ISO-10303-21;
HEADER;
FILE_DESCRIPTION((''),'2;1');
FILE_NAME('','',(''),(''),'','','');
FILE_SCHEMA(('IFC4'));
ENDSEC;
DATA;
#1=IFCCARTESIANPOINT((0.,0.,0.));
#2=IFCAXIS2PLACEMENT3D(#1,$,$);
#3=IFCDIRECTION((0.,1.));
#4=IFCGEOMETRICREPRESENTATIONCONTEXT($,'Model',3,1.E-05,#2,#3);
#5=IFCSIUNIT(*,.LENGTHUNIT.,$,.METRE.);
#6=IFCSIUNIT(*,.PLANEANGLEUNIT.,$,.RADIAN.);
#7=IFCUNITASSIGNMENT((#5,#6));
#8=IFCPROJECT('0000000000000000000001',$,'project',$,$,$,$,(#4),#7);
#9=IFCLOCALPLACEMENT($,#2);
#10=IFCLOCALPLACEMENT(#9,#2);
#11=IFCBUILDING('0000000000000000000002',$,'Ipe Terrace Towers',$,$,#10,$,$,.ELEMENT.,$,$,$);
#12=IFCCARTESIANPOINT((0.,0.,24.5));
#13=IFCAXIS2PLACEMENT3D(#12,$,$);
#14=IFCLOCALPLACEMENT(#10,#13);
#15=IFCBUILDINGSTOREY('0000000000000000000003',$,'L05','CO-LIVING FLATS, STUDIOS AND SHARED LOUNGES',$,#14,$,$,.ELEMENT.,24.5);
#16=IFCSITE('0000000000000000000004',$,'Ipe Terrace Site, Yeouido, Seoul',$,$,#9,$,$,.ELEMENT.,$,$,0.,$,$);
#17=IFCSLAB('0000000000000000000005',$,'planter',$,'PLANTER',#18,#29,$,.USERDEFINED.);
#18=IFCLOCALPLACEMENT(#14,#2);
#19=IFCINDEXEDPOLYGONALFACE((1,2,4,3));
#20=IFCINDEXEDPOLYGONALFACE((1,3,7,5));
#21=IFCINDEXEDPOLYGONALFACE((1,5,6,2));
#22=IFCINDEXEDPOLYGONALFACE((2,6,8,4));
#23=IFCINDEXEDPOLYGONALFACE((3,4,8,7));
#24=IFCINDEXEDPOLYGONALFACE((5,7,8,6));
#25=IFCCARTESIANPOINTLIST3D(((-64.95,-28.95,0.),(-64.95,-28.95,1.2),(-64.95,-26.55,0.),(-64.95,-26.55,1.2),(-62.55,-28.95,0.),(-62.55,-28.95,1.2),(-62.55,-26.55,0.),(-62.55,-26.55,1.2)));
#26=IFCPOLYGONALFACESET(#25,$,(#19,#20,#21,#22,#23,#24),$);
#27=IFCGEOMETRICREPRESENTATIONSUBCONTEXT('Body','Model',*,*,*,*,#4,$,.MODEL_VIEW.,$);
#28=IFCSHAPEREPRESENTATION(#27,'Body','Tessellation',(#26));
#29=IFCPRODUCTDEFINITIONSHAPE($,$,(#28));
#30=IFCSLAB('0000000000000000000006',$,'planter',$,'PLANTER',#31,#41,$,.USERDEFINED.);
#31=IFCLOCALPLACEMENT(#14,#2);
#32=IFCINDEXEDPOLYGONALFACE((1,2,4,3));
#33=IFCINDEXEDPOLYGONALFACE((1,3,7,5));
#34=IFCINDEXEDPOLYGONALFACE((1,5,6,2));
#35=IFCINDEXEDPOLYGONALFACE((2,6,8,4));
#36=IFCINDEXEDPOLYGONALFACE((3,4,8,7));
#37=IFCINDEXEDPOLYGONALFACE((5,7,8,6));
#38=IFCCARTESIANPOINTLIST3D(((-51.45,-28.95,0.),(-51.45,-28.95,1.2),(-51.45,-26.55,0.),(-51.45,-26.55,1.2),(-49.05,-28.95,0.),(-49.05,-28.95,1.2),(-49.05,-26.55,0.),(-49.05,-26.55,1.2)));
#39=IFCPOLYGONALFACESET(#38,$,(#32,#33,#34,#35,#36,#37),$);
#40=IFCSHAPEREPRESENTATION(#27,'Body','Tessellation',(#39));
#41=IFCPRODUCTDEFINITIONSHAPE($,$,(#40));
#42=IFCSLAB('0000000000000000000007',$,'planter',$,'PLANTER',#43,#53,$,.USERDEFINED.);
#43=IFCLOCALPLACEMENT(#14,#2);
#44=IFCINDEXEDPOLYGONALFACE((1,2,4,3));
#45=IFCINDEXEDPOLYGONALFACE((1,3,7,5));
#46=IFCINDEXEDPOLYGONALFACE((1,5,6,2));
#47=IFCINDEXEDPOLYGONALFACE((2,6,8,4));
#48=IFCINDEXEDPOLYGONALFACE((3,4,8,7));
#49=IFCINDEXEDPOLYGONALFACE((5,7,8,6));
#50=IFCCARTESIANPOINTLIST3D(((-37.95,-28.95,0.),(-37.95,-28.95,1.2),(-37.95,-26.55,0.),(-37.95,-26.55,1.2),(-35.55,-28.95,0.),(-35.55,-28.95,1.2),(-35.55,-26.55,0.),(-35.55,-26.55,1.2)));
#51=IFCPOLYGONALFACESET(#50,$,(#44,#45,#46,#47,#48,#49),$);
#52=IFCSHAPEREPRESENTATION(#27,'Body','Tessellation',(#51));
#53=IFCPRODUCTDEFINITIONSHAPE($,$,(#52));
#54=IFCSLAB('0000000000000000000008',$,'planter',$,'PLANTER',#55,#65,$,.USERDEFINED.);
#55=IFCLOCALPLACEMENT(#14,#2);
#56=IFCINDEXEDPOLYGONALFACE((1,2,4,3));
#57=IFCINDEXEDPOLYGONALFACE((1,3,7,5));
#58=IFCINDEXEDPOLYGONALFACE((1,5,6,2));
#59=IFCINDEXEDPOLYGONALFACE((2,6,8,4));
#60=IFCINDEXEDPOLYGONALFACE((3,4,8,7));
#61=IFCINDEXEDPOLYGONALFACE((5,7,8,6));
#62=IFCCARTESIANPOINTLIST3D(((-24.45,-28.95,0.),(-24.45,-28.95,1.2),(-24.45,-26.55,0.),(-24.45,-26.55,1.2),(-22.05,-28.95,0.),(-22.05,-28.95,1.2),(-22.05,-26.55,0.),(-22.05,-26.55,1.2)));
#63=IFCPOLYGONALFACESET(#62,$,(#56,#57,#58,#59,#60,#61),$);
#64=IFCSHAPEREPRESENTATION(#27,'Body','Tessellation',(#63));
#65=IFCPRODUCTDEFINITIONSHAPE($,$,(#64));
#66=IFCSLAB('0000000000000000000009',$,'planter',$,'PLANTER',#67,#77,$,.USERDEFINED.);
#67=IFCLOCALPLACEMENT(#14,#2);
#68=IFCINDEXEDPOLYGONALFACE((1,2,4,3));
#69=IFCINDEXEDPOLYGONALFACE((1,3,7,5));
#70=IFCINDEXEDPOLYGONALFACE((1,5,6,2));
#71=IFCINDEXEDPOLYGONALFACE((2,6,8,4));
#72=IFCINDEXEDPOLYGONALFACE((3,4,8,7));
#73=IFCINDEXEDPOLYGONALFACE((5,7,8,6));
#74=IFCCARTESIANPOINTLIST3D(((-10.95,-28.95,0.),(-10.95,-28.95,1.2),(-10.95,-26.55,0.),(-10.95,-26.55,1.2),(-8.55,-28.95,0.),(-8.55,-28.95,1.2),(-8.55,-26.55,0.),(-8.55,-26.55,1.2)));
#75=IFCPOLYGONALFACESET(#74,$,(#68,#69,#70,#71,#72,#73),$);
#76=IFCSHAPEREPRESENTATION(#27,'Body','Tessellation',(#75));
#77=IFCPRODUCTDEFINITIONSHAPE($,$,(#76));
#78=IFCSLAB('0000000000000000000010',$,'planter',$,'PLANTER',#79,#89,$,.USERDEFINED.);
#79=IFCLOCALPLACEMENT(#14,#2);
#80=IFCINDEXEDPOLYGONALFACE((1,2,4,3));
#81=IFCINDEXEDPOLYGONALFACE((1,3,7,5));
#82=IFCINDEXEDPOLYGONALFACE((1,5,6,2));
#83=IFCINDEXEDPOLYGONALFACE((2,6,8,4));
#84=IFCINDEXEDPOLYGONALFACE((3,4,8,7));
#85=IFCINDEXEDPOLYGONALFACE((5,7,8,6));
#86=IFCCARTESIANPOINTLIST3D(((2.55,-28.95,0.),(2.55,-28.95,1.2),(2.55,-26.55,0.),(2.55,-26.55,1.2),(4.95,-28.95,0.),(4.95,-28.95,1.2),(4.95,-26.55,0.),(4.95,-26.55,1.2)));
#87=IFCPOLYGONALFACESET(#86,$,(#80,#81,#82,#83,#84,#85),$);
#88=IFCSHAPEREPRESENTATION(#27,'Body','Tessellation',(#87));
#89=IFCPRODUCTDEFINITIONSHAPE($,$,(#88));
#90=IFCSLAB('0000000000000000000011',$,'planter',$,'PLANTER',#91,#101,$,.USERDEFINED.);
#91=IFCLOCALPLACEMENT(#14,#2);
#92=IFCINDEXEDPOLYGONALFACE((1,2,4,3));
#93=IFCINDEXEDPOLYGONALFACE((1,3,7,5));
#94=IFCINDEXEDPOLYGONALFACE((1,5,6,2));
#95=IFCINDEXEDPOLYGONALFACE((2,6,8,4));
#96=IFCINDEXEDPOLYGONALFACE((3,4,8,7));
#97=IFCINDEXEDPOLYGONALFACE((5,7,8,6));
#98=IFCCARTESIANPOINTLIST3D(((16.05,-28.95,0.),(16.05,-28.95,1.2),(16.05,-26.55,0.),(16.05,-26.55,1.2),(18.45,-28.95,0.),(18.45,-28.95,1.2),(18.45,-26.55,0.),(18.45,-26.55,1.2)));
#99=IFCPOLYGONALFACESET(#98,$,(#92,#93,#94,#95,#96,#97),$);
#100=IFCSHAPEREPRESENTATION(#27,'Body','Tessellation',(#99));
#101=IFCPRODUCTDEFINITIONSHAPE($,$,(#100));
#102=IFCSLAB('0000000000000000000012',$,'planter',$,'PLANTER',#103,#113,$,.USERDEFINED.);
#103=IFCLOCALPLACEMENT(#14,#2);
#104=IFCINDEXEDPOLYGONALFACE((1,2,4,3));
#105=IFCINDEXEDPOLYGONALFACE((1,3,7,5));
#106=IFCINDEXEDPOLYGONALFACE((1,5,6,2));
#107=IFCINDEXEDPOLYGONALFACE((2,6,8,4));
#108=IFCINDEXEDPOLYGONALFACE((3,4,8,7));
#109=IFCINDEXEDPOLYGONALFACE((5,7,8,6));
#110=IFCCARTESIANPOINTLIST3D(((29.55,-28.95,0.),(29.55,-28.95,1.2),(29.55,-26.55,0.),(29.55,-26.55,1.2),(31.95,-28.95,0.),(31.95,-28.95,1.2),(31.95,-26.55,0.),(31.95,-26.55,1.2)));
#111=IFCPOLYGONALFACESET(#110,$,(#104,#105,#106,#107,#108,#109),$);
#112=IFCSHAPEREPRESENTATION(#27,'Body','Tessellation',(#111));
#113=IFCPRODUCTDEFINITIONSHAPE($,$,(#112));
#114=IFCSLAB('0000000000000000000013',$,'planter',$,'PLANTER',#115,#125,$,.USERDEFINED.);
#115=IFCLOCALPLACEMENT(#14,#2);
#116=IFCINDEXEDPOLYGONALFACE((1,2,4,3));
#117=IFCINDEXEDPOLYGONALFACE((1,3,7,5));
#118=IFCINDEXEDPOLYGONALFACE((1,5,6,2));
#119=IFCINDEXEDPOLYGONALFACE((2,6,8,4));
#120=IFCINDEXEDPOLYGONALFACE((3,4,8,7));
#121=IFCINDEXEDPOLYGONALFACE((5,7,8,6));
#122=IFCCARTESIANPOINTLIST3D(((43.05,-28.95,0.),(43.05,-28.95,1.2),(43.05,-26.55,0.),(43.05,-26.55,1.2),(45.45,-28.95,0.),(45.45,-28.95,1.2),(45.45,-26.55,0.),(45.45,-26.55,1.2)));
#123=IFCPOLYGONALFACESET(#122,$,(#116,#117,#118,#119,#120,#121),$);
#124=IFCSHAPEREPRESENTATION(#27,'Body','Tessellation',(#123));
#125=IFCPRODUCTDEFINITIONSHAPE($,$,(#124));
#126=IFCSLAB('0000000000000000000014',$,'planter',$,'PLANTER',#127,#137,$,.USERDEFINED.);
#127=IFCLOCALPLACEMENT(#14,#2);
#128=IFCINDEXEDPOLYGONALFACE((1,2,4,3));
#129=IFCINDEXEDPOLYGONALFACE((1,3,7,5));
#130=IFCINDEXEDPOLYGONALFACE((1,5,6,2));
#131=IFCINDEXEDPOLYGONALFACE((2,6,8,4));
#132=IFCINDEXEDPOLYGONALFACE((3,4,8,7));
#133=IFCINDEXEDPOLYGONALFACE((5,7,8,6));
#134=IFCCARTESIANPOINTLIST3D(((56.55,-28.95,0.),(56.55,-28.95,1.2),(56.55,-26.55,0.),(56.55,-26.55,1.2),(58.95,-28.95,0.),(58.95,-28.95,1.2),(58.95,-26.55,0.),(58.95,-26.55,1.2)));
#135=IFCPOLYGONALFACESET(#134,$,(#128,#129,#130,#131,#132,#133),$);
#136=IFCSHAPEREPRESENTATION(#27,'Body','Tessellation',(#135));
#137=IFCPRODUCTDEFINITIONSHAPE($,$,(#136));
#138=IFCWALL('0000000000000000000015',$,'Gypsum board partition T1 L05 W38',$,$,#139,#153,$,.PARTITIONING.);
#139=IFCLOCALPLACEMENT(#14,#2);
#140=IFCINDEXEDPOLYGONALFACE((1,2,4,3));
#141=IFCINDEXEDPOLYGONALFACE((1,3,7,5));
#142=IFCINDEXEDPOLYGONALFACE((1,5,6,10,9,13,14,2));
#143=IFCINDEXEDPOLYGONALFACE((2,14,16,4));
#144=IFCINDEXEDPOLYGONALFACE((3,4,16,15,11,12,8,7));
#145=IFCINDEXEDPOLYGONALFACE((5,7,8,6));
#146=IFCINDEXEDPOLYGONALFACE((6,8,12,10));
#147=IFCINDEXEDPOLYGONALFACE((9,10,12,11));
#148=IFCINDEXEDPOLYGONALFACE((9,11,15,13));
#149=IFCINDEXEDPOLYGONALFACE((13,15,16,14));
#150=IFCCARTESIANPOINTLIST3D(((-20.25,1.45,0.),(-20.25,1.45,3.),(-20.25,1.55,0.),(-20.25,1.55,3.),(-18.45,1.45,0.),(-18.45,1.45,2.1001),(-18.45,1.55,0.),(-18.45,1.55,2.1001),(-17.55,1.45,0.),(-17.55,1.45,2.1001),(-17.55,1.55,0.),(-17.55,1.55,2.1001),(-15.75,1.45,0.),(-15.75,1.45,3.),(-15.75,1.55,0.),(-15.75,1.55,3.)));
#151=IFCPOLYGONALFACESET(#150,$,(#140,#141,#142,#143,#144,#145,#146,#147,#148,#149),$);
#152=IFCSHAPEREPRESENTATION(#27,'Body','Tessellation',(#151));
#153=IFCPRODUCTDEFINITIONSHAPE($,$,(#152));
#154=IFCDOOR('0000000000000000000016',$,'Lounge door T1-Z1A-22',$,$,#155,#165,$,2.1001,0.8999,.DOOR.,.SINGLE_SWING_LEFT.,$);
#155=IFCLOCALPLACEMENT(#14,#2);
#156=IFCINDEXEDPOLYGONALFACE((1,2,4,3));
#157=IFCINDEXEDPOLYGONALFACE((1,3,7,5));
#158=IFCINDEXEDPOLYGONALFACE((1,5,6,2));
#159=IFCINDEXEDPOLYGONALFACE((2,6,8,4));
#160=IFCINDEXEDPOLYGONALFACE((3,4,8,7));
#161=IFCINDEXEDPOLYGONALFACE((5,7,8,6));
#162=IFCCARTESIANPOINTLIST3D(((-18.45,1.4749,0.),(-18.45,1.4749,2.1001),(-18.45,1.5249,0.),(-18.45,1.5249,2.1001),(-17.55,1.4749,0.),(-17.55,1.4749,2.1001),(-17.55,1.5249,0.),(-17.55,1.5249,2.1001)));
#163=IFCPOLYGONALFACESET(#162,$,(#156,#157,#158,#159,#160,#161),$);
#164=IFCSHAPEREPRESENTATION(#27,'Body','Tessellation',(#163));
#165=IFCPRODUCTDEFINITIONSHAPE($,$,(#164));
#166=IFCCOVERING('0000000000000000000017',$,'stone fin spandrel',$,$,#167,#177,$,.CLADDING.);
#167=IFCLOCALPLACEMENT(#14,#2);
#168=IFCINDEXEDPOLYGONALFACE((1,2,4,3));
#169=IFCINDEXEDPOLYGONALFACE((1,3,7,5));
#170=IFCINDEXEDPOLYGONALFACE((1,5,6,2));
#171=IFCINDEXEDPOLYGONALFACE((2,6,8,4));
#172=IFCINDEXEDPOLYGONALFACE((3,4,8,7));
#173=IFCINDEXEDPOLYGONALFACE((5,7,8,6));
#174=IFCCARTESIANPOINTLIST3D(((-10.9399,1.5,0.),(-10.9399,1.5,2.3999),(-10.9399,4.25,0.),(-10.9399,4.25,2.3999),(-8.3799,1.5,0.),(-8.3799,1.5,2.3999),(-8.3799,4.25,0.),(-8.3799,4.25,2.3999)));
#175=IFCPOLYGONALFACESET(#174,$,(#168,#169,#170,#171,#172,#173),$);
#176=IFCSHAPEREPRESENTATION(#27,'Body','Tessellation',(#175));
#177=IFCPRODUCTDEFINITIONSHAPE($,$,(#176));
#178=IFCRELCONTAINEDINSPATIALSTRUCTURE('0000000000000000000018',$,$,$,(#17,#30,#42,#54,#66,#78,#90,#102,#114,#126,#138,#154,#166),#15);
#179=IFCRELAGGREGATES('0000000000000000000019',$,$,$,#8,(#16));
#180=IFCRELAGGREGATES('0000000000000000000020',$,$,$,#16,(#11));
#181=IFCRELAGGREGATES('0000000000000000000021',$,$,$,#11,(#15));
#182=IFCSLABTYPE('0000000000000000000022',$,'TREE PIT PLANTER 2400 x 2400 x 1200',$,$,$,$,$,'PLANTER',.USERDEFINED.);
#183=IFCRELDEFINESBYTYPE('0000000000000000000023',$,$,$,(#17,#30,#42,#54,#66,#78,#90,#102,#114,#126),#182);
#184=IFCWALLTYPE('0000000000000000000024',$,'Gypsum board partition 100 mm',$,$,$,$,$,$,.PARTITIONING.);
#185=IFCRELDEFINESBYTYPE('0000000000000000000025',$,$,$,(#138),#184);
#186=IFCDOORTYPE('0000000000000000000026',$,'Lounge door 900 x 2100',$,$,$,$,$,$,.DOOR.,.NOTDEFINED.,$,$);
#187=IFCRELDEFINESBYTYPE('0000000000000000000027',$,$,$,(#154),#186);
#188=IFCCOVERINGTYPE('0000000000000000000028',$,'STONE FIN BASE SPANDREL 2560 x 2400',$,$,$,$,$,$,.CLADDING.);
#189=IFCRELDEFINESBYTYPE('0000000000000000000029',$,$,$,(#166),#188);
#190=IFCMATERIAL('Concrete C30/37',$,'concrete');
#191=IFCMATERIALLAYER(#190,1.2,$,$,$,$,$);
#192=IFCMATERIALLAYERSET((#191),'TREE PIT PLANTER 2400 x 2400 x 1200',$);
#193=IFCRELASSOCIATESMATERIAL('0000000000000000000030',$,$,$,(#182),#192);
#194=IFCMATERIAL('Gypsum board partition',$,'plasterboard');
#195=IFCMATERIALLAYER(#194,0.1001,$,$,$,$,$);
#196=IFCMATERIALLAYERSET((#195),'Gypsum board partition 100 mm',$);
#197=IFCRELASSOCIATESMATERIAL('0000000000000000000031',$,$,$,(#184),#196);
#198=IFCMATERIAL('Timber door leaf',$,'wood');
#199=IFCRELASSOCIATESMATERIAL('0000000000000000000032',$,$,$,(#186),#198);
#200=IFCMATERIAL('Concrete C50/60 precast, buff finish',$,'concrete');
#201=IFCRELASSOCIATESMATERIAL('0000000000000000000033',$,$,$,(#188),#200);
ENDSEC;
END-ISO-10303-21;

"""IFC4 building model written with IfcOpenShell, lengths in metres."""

from ifc_helpers import new_model, si_unit, direction, frame, frame_2d, origin, origin_2d, place, context, subcontext, project, spatial, polyline, rectangle, outline, extrude, material, layer, layer_set, material_profile, profile_set, type_object, element, fill, save


model = new_model("IFC4")

# Units and contexts
model_context = context("Model", 3, precision=1e-05, world=origin(), true_north=direction((0.0, 1.0)))
body_context = subcontext(model_context, "Body", "Model", "MODEL_VIEW")
ifc_project = project(units=[si_unit("LENGTHUNIT", "METRE"), si_unit("PLANEANGLEUNIT", "RADIAN")], contexts=[model_context])

# Site, building, storey
site_placement = place(None, origin())
site = spatial("IfcSite", under=ifc_project, at=site_placement, Name="Ipe Terrace Site, Yeouido, Seoul", CompositionType="ELEMENT", RefElevation=0.0)
building_placement = place(site_placement, origin())
building = spatial("IfcBuilding", under=site, at=building_placement, Name="Ipe Terrace Towers", CompositionType="ELEMENT")
storey_placement = place(building_placement, frame((0.0, 0.0, 24.5)))
storey = spatial("IfcBuildingStorey", under=building, at=storey_placement, Name="L05", Description="CO-LIVING FLATS, STUDIOS AND SHARED LOUNGES", CompositionType="ELEMENT", Elevation=24.5)

# Slabs
ifc_material_1 = material(Name="Concrete C30/37", Category="concrete")
ifc_layer_1 = layer(ifc_material_1, 1.2)
ifc_layer_set_1 = layer_set([ifc_layer_1], Name="TREE PIT PLANTER 2400 x 2400 x 1200")
slab_type_1 = type_object("IfcSlabType", Name="TREE PIT PLANTER 2400 x 2400 x 1200", ElementType="PLANTER", PredefinedType="USERDEFINED", material=ifc_layer_set_1)
slab_1_placement = place(storey_placement, origin())
element("IfcSlab", 1, at=slab_1_placement, inside=storey, type_object=slab_type_1, Name="planter", ObjectType="PLANTER", PredefinedType="USERDEFINED", context=body_context, shape_type="SweptSolid", body=[
    extrude(outline(polyline([(-64.95, -28.95), (-62.55, -28.95), (-62.55, -26.55), (-64.95, -26.55), (-64.95, -28.95)])), origin(), (0.0, 0.0, 1.0), 1.2),
])
slab_2_placement = place(storey_placement, origin())
element("IfcSlab", 2, at=slab_2_placement, inside=storey, type_object=slab_type_1, Name="planter", ObjectType="PLANTER", PredefinedType="USERDEFINED", context=body_context, shape_type="SweptSolid", body=[
    extrude(outline(polyline([(-51.45, -28.95), (-49.05, -28.95), (-49.05, -26.55), (-51.45, -26.55), (-51.45, -28.95)])), origin(), (0.0, 0.0, 1.0), 1.2),
])
slab_3_placement = place(storey_placement, origin())
element("IfcSlab", 3, at=slab_3_placement, inside=storey, type_object=slab_type_1, Name="planter", ObjectType="PLANTER", PredefinedType="USERDEFINED", context=body_context, shape_type="SweptSolid", body=[
    extrude(outline(polyline([(-37.95, -28.95), (-35.55, -28.95), (-35.55, -26.55), (-37.95, -26.55), (-37.95, -28.95)])), origin(), (0.0, 0.0, 1.0), 1.2),
])
slab_4_placement = place(storey_placement, origin())
element("IfcSlab", 4, at=slab_4_placement, inside=storey, type_object=slab_type_1, Name="planter", ObjectType="PLANTER", PredefinedType="USERDEFINED", context=body_context, shape_type="SweptSolid", body=[
    extrude(outline(polyline([(-24.45, -28.95), (-22.05, -28.95), (-22.05, -26.55), (-24.45, -26.55), (-24.45, -28.95)])), origin(), (0.0, 0.0, 1.0), 1.2),
])
slab_5_placement = place(storey_placement, origin())
element("IfcSlab", 5, at=slab_5_placement, inside=storey, type_object=slab_type_1, Name="planter", ObjectType="PLANTER", PredefinedType="USERDEFINED", context=body_context, shape_type="SweptSolid", body=[
    extrude(outline(polyline([(-10.95, -28.95), (-8.55, -28.95), (-8.55, -26.55), (-10.95, -26.55), (-10.95, -28.95)])), origin(), (0.0, 0.0, 1.0), 1.2),
])
slab_6_placement = place(storey_placement, origin())
element("IfcSlab", 6, at=slab_6_placement, inside=storey, type_object=slab_type_1, Name="planter", ObjectType="PLANTER", PredefinedType="USERDEFINED", context=body_context, shape_type="SweptSolid", body=[
    extrude(outline(polyline([(2.55, -28.95), (4.95, -28.95), (4.95, -26.55), (2.55, -26.55), (2.55, -28.95)])), origin(), (0.0, 0.0, 1.0), 1.2),
])
slab_7_placement = place(storey_placement, origin())
element("IfcSlab", 7, at=slab_7_placement, inside=storey, type_object=slab_type_1, Name="planter", ObjectType="PLANTER", PredefinedType="USERDEFINED", context=body_context, shape_type="SweptSolid", body=[
    extrude(outline(polyline([(16.05, -28.95), (18.45, -28.95), (18.45, -26.55), (16.05, -26.55), (16.05, -28.95)])), origin(), (0.0, 0.0, 1.0), 1.2),
])
slab_8_placement = place(storey_placement, origin())
element("IfcSlab", 8, at=slab_8_placement, inside=storey, type_object=slab_type_1, Name="planter", ObjectType="PLANTER", PredefinedType="USERDEFINED", context=body_context, shape_type="SweptSolid", body=[
    extrude(outline(polyline([(29.55, -28.95), (31.95, -28.95), (31.95, -26.55), (29.55, -26.55), (29.55, -28.95)])), origin(), (0.0, 0.0, 1.0), 1.2),
])
slab_9_placement = place(storey_placement, origin())
element("IfcSlab", 9, at=slab_9_placement, inside=storey, type_object=slab_type_1, Name="planter", ObjectType="PLANTER", PredefinedType="USERDEFINED", context=body_context, shape_type="SweptSolid", body=[
    extrude(outline(polyline([(43.05, -28.95), (45.45, -28.95), (45.45, -26.55), (43.05, -26.55), (43.05, -28.95)])), origin(), (0.0, 0.0, 1.0), 1.2),
])
slab_10_placement = place(storey_placement, origin())
element("IfcSlab", 10, at=slab_10_placement, inside=storey, type_object=slab_type_1, Name="planter", ObjectType="PLANTER", PredefinedType="USERDEFINED", context=body_context, shape_type="SweptSolid", body=[
    extrude(outline(polyline([(56.55, -28.95), (58.95, -28.95), (58.95, -26.55), (56.55, -26.55), (56.55, -28.95)])), origin(), (0.0, 0.0, 1.0), 1.2),
])

# Wall, opening, door
ifc_material_2 = material(Name="Gypsum board partition", Category="plasterboard")
ifc_layer_2 = layer(ifc_material_2, 0.1001)
ifc_layer_set_2 = layer_set([ifc_layer_2], Name="Gypsum board partition 100 mm")
wall_type = type_object("IfcWallType", Name="Gypsum board partition 100 mm", PredefinedType="PARTITIONING", material=ifc_layer_set_2)
wall_placement = place(storey_placement, frame((-20.25, 1.5, 0.0), z_axis=(0.0, 0.0, 1.0), x_axis=(1.0, 0.0, 0.0)))
wall = element("IfcWall", 11, at=wall_placement, inside=storey, type_object=wall_type, Name="Gypsum board partition T1 L05 W38", PredefinedType="PARTITIONING", context=body_context, shape_type="SweptSolid", body=[
    extrude(rectangle(XDim=4.5, YDim=0.1001, at=frame_2d((2.25, 0.0))), origin(), (0.0, 0.0, 1.0), 3.0),
])
opening_placement = place(wall_placement, frame((1.8, 0.0, 0.0)))
opening = element("IfcOpeningElement", 12, at=opening_placement, cuts=wall, PredefinedType="OPENING", context=body_context, shape_type="SweptSolid", body=[
    extrude(rectangle(XDim=0.8999, YDim=2.1001, at=frame_2d((0.45, 1.05))), frame((0.0, 0.0601, 0.0), z_axis=(0.0, -1.0, 0.0), x_axis=(1.0, 0.0, 0.0)), (0.0, 0.0, 1.0), 0.1201),
])
ifc_material_3 = material(Name="Timber door leaf", Category="wood")
door_type = type_object("IfcDoorType", Name="Lounge door 900 x 2100", OperationType="NOTDEFINED", PredefinedType="DOOR", material=ifc_material_3)
door_placement = place(opening_placement, origin())
door = element("IfcDoor", 13, at=door_placement, inside=storey, type_object=door_type, Name="Lounge door T1-Z1A-22", OperationType="SINGLE_SWING_LEFT", OverallHeight=2.1001, OverallWidth=0.8999, PredefinedType="DOOR", context=body_context, shape_type="SweptSolid", body=[
    extrude(rectangle(XDim=0.8999, YDim=2.1001, at=frame_2d((0.45, 1.05))), frame((0.0, 0.0249, 0.0), z_axis=(0.0, -1.0, 0.0), x_axis=(1.0, 0.0, 0.0)), (0.0, 0.0, 1.0), 0.05),
])
fill(opening, door)

# Covering
ifc_material_4 = material(Name="Concrete C50/60 precast, buff finish", Category="concrete")
ifc_material_profile = material_profile(ifc_material_4, rectangle(XDim=2.5601, YDim=2.3999, at=origin_2d()), Name="STONE FIN BASE SPANDREL 2560 x 2400")
ifc_profile_set = profile_set([ifc_material_profile], Name="Concrete C50/60 precast, buff finish")
covering_type = type_object("IfcCoveringType", Name="STONE FIN BASE SPANDREL 2560 x 2400", PredefinedType="CLADDING", material=ifc_profile_set)
covering_placement = place(storey_placement, frame((-9.6599, 1.5, 1.2), z_axis=(0.0, 1.0, 0.0), x_axis=(1.0, 0.0, 0.0)))
element("IfcCovering", 14, at=covering_placement, inside=storey, type_object=covering_type, Name="stone fin spandrel", PredefinedType="CLADDING", context=body_context, shape_type="SweptSolid", body=[
    extrude(rectangle(XDim=2.5601, YDim=2.3999, at=origin_2d()), origin(), (0.0, 0.0, 1.0), 2.75),
])

save(model, "model.ifc")
